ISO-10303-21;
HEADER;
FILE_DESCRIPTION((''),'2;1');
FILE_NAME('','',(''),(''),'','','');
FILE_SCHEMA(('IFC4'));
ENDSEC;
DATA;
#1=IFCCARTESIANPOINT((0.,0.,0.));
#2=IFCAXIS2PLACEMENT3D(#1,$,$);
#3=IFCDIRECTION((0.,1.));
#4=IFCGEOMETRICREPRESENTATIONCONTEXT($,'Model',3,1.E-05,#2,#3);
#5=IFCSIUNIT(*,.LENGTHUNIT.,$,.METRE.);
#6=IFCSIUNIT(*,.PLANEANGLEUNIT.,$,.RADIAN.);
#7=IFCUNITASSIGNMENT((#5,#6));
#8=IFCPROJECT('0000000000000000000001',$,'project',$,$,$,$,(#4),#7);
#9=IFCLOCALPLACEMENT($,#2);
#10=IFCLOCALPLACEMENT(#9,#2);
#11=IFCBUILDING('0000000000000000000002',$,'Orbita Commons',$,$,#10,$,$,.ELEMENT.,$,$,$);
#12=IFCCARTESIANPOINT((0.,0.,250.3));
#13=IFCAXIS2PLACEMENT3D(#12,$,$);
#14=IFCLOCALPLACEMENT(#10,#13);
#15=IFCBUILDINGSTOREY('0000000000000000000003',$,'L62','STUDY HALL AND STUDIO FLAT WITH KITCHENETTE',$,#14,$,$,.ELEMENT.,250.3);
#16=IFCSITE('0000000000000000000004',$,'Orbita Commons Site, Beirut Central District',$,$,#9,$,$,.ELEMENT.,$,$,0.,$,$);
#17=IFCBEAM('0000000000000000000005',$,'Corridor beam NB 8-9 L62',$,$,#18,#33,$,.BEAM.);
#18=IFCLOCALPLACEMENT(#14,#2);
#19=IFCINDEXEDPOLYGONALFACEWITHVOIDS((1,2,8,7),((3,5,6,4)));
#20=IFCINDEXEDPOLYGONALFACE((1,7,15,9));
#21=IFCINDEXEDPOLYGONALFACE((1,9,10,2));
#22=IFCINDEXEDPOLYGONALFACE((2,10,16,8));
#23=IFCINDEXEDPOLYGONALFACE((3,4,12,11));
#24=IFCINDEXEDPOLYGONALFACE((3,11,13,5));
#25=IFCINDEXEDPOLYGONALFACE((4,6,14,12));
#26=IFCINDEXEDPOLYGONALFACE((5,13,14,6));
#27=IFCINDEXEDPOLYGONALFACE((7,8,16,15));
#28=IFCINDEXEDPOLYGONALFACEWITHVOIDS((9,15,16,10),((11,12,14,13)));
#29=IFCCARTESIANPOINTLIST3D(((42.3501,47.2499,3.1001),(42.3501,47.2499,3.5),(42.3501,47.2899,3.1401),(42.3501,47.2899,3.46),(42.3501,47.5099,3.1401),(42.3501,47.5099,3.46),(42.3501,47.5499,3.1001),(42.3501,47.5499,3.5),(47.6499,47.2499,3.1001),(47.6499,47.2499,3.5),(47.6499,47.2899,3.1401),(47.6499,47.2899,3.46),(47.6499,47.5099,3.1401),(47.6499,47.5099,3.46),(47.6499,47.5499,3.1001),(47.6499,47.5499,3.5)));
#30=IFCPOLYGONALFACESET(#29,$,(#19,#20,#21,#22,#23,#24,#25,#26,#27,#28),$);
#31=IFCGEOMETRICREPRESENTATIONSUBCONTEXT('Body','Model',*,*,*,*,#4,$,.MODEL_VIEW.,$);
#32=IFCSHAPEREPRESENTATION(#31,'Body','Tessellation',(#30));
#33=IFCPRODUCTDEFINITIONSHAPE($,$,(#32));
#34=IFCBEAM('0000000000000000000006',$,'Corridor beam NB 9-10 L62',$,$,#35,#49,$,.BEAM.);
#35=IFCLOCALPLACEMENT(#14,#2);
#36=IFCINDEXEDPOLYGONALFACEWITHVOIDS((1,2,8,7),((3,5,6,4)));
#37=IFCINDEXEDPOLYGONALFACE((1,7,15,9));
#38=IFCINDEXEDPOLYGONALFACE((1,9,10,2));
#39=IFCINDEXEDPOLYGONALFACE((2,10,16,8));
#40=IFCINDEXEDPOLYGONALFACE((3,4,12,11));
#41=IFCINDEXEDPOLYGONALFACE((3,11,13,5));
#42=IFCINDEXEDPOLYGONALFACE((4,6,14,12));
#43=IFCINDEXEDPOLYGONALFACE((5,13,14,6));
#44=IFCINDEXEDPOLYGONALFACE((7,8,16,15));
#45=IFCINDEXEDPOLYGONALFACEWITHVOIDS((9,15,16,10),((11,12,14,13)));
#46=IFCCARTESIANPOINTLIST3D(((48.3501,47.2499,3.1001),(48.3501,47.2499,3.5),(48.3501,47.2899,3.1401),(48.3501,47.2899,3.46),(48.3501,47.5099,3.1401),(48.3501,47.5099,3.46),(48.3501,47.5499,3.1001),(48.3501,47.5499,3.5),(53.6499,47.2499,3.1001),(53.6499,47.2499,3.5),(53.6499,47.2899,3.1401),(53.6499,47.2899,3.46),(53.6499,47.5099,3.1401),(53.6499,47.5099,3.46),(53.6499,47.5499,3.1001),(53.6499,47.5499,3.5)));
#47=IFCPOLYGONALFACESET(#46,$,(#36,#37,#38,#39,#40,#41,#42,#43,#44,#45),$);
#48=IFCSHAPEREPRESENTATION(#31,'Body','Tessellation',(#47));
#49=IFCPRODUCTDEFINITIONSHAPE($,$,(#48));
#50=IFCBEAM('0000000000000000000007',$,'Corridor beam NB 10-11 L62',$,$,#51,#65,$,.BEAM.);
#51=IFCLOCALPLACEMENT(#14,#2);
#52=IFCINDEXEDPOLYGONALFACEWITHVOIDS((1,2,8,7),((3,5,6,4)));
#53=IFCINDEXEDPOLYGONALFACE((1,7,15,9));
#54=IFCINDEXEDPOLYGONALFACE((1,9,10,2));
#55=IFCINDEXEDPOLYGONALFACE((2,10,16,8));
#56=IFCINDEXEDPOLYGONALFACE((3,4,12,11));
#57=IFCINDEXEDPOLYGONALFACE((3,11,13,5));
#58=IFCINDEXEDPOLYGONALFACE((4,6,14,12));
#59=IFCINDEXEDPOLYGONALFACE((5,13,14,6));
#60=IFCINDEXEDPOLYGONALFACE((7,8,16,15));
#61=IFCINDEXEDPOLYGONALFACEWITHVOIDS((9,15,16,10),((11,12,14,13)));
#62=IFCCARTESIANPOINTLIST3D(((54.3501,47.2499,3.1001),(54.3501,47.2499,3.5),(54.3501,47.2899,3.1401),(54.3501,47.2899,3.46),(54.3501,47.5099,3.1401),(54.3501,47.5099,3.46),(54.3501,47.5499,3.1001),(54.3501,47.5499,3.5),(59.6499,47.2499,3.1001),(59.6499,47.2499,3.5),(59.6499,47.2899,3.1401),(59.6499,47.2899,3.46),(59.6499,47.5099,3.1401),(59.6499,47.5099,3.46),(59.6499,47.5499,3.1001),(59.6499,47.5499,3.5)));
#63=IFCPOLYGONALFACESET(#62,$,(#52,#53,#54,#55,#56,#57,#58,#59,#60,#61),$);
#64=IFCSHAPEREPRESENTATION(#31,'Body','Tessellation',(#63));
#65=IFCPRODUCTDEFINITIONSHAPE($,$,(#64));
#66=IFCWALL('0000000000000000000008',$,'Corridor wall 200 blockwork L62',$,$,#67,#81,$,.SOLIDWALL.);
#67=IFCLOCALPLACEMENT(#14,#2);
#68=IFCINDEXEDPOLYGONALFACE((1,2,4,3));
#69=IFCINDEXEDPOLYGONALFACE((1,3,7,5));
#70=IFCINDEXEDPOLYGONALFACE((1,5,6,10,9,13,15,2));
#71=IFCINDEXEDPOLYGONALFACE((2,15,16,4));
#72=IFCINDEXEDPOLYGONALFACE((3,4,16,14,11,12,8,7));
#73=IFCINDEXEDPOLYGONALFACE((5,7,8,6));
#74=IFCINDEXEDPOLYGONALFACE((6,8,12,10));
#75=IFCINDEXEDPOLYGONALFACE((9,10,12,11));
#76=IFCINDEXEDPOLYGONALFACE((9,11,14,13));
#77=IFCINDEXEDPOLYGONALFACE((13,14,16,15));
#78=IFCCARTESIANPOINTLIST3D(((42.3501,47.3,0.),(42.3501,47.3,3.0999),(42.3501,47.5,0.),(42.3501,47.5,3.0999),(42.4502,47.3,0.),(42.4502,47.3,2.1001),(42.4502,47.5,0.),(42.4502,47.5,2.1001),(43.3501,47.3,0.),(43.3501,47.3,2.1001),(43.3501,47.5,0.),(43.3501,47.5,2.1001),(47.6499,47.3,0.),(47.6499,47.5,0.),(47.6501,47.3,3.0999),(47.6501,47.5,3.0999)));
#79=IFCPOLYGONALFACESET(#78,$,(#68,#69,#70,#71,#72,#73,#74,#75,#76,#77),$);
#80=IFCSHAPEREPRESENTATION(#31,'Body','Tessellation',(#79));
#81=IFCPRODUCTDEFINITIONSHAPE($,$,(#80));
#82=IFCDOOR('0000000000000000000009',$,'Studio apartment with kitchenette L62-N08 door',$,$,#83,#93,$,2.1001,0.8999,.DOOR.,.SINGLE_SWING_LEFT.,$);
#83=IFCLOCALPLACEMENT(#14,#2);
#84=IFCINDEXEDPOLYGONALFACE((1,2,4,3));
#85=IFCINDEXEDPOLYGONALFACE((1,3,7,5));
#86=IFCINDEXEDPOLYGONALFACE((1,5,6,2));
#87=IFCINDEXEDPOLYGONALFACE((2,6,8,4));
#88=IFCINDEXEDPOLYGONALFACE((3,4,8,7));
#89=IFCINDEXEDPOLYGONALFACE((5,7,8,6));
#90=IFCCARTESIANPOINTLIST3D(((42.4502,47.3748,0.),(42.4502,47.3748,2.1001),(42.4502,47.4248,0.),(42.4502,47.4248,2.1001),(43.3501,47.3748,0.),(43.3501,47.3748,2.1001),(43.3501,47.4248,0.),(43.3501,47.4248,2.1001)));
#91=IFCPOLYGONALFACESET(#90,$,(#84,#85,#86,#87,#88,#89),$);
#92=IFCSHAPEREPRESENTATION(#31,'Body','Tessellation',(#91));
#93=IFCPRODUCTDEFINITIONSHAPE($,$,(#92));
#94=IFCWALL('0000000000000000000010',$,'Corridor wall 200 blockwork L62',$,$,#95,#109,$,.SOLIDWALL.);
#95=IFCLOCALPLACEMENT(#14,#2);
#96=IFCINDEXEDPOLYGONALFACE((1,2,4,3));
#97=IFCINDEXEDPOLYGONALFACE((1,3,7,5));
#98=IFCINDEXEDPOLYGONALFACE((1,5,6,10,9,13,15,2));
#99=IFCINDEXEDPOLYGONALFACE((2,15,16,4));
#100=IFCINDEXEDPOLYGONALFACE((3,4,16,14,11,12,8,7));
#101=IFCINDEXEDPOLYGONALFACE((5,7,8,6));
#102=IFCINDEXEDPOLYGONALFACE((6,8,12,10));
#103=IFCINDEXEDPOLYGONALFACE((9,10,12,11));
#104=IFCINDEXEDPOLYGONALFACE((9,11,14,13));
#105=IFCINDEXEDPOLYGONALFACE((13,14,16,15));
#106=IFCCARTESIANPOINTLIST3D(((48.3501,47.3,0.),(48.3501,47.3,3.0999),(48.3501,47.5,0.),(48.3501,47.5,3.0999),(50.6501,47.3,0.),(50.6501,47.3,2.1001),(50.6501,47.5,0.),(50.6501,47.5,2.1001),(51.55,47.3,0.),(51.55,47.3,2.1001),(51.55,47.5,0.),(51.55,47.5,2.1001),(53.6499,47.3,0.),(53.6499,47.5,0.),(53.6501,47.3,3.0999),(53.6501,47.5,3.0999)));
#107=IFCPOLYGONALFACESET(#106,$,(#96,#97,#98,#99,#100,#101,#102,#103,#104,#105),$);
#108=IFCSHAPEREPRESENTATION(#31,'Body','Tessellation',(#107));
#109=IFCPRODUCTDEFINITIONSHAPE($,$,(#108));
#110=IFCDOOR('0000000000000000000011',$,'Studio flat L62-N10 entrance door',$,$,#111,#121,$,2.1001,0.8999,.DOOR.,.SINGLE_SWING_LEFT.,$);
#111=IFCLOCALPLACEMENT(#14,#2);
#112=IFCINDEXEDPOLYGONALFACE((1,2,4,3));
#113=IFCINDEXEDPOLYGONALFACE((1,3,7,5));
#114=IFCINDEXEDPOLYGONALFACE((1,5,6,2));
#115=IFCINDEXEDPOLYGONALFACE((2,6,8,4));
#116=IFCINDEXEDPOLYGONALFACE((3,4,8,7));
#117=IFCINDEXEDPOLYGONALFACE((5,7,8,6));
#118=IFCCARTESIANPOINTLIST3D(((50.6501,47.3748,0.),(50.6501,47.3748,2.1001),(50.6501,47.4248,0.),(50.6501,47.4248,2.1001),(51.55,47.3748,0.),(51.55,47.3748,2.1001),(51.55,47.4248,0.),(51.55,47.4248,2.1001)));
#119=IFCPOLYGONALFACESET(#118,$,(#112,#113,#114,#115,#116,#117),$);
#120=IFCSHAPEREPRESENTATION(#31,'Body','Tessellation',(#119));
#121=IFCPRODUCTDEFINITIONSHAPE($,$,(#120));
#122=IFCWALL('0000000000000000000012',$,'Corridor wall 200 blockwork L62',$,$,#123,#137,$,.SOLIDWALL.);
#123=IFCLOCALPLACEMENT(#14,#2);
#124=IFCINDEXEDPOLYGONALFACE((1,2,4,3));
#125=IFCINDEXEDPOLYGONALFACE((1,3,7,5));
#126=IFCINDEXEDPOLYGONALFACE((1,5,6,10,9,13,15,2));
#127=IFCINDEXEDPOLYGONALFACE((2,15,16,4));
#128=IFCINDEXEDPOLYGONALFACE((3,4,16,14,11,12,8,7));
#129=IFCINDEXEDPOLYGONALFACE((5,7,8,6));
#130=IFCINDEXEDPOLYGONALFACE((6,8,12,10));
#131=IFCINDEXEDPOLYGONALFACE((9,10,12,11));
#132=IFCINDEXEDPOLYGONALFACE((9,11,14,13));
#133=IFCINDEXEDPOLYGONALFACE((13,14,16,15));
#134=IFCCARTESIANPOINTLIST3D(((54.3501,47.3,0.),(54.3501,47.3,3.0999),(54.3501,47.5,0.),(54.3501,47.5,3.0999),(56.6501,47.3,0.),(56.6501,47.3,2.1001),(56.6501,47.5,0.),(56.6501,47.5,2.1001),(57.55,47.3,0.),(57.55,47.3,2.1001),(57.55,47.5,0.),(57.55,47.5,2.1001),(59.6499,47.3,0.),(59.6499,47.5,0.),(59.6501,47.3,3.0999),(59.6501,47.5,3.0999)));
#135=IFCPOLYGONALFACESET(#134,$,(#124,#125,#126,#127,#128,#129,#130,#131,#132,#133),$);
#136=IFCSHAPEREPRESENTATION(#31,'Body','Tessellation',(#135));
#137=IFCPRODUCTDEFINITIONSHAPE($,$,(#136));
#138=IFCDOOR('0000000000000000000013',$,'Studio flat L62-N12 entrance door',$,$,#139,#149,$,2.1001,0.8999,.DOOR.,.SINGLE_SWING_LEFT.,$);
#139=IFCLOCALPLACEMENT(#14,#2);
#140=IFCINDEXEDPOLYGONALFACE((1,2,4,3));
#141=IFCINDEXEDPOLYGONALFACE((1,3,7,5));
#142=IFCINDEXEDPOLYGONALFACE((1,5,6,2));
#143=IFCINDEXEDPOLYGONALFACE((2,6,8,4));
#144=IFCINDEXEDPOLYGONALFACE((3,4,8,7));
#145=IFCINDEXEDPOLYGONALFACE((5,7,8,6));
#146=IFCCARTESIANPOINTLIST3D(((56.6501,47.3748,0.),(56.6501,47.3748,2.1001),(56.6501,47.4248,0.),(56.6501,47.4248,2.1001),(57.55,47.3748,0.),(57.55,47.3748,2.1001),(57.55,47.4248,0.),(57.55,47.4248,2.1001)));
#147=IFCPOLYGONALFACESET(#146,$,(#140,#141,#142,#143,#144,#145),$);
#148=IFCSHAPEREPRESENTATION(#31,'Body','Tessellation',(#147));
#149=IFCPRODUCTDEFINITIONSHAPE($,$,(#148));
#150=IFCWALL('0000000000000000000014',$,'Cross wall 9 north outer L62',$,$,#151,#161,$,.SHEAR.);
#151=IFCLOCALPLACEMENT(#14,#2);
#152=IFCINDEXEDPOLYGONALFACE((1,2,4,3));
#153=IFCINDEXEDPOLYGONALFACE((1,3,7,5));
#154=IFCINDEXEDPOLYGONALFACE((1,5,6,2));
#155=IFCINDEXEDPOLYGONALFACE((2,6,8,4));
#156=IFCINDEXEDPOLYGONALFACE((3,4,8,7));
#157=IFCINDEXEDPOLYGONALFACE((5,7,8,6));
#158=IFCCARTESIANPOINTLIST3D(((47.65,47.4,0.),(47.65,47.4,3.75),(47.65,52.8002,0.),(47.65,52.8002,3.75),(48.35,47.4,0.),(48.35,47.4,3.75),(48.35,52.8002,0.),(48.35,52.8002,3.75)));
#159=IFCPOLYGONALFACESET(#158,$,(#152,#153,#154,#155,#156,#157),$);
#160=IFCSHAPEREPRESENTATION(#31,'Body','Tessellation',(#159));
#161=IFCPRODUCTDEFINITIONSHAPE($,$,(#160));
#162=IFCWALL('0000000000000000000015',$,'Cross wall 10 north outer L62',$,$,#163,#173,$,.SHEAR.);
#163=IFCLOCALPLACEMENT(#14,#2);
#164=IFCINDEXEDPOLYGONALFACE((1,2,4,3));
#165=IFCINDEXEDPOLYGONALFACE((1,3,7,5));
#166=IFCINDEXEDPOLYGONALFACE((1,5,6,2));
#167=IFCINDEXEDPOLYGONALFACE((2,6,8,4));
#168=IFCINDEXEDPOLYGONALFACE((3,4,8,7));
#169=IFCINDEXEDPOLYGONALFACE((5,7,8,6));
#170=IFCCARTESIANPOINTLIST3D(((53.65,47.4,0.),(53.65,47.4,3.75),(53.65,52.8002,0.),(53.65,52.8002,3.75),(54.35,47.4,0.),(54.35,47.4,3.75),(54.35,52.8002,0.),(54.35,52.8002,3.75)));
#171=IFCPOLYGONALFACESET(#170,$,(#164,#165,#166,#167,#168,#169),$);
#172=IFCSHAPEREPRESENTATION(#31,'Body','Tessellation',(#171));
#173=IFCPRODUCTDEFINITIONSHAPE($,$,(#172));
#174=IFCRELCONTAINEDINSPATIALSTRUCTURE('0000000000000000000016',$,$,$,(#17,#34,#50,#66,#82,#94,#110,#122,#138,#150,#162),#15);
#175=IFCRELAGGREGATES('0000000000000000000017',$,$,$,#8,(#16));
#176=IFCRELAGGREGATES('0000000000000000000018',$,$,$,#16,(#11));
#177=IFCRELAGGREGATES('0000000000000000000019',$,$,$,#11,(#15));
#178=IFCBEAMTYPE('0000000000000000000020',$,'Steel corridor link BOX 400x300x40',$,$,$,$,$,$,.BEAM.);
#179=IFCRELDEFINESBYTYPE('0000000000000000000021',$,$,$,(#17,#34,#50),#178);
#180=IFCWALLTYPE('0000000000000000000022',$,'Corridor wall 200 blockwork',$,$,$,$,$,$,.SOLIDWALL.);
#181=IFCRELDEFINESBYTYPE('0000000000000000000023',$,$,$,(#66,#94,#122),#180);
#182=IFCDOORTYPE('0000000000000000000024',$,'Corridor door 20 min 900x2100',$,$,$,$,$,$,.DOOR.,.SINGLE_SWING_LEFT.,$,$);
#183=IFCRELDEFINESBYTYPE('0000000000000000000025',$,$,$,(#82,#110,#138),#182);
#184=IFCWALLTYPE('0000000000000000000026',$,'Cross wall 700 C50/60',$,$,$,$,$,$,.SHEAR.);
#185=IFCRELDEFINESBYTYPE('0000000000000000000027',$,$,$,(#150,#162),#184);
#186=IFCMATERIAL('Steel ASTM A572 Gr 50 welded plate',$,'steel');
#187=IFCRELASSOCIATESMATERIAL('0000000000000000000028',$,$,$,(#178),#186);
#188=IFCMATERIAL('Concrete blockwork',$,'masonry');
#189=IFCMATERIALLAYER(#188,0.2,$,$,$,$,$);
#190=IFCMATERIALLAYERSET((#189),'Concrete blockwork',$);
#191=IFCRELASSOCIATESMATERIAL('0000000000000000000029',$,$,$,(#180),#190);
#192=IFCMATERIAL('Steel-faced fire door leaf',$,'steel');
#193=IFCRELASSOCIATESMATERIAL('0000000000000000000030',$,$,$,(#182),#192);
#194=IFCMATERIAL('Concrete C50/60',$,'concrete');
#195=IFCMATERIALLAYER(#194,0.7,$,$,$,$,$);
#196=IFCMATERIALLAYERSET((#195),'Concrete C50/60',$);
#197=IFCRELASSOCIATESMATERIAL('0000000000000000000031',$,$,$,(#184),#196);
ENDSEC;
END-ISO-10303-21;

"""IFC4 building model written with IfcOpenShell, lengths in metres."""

from ifc_helpers import new_model, si_unit, direction, frame, frame_2d, origin, origin_2d, place, context, subcontext, project, spatial, polyline, rectangle, hollow_rectangle, outline, extrude, material, layer, layer_set, material_profile, profile_set, type_object, element, fill, save


model = new_model("IFC4")

# Units and contexts
model_context = context("Model", 3, precision=1e-05, world=origin(), true_north=direction((0.0, 1.0)))
body_context = subcontext(model_context, "Body", "Model", "MODEL_VIEW")
ifc_project = project(units=[si_unit("LENGTHUNIT", "METRE"), si_unit("PLANEANGLEUNIT", "RADIAN")], contexts=[model_context])

# Site, building, storey
site_placement = place(None, origin())
site = spatial("IfcSite", under=ifc_project, at=site_placement, Name="Orbita Commons Site, Beirut Central District", CompositionType="ELEMENT", RefElevation=0.0)
building_placement = place(site_placement, origin())
building = spatial("IfcBuilding", under=site, at=building_placement, Name="Orbita Commons", CompositionType="ELEMENT")
storey_placement = place(building_placement, frame((0.0, 0.0, 250.3)))
storey = spatial("IfcBuildingStorey", under=building, at=storey_placement, Name="L62", Description="STUDY HALL AND STUDIO FLAT WITH KITCHENETTE", CompositionType="ELEMENT", Elevation=250.3)

# Beams
ifc_material_1 = material(Name="Steel ASTM A572 Gr 50 welded plate", Category="steel")
ifc_material_profile = material_profile(ifc_material_1, hollow_rectangle(XDim=0.3, YDim=0.3999, WallThickness=0.04, at=origin_2d()), Name="BOX 400x300x40")
ifc_profile_set = profile_set([ifc_material_profile], Name="Steel ASTM A572 Gr 50 welded plate")
beam_type = type_object("IfcBeamType", Name="Steel corridor link BOX 400x300x40", PredefinedType="BEAM", material=ifc_profile_set)
for number, where, z_axis, x_axis, name in (
    (1, (42.3501, 47.3999, 3.3), (1.0, 0.0, 0.0), (0.0, 1.0, 0.0), "Corridor beam NB 8-9 L62"),
    (2, (48.3501, 47.3999, 3.3), (1.0, 0.0, 0.0), (0.0, 1.0, 0.0), "Corridor beam NB 9-10 L62"),
    (3, (54.3501, 47.3999, 3.3), (1.0, 0.0, 0.0), (0.0, 1.0, 0.0), "Corridor beam NB 10-11 L62"),
):
    element("IfcBeam", number, at=place(storey_placement, frame(where, z_axis=z_axis, x_axis=x_axis)), inside=storey, type_object=beam_type, Name=name, PredefinedType="BEAM", context=body_context, shape_type="SweptSolid", body=[
        extrude(hollow_rectangle(XDim=0.3, YDim=0.3999, WallThickness=0.04, at=origin_2d()), origin(), (0.0, 0.0, 1.0), 5.2998),
    ])

# Walls, openings, doors
ifc_material_2 = material(Name="Concrete blockwork", Category="masonry")
ifc_layer_1 = layer(ifc_material_2, 0.2)
ifc_layer_set_1 = layer_set([ifc_layer_1], Name="Concrete blockwork")
wall_type_1 = type_object("IfcWallType", Name="Corridor wall 200 blockwork", PredefinedType="SOLIDWALL", material=ifc_layer_set_1)
wall_1_placement = place(storey_placement, frame((42.3501, 47.3999, 0.0), z_axis=(0.0, 0.0, 1.0), x_axis=(1.0, 0.0, 0.0)))
wall_1 = element("IfcWall", 4, at=wall_1_placement, inside=storey, type_object=wall_type_1, Name="Corridor wall 200 blockwork L62", PredefinedType="SOLIDWALL", context=body_context, shape_type="SweptSolid", body=[
    extrude(outline(polyline([(0.0, 0.0), (5.2998, 0.0), (5.3, 3.0999), (0.0, 3.0999), (0.0, 0.0)])), frame((0.0, 0.1001, 0.0), z_axis=(0.0, -1.0, 0.0), x_axis=(1.0, 0.0, 0.0)), (0.0, 0.0, 1.0), 0.2),
])
opening_1_placement = place(wall_1_placement, frame((0.1001, 0.0, 0.0)))
opening_1 = element("IfcOpeningElement", 5, at=opening_1_placement, cuts=wall_1, PredefinedType="OPENING", context=body_context, shape_type="SweptSolid", body=[
    extrude(rectangle(XDim=0.8999, YDim=2.1001, at=frame_2d((0.45, 1.05))), frame((0.0, 0.1099, 0.0), z_axis=(0.0, -1.0, 0.0), x_axis=(1.0, 0.0, 0.0)), (0.0, 0.0, 1.0), 0.22),
])
ifc_material_3 = material(Name="Steel-faced fire door leaf", Category="steel")
door_type_1 = type_object("IfcDoorType", Name="Corridor door 20 min 900x2100", OperationType="SINGLE_SWING_LEFT", PredefinedType="DOOR", material=ifc_material_3)
door_1_placement = place(opening_1_placement, origin())
door_1 = element("IfcDoor", 6, at=door_1_placement, inside=storey, type_object=door_type_1, Name="Studio apartment with kitchenette L62-N08 door", OperationType="SINGLE_SWING_LEFT", OverallHeight=2.1001, OverallWidth=0.8999, PredefinedType="DOOR", context=body_context, shape_type="SweptSolid", body=[
    extrude(rectangle(XDim=0.8999, YDim=2.1001, at=frame_2d((0.45, 1.05))), frame((0.0, 0.0249, 0.0), z_axis=(0.0, -1.0, 0.0), x_axis=(1.0, 0.0, 0.0)), (0.0, 0.0, 1.0), 0.05),
])
fill(opening_1, door_1)
wall_2_placement = place(storey_placement, frame((48.3501, 47.3999, 0.0), z_axis=(0.0, 0.0, 1.0), x_axis=(1.0, 0.0, 0.0)))
wall_2 = element("IfcWall", 7, at=wall_2_placement, inside=storey, type_object=wall_type_1, Name="Corridor wall 200 blockwork L62", PredefinedType="SOLIDWALL", context=body_context, shape_type="SweptSolid", body=[
    extrude(outline(polyline([(0.0, 0.0), (5.2998, 0.0), (5.3, 3.0999), (0.0, 3.0999), (0.0, 0.0)])), frame((0.0, 0.1001, 0.0), z_axis=(0.0, -1.0, 0.0), x_axis=(1.0, 0.0, 0.0)), (0.0, 0.0, 1.0), 0.2),
])
opening_2_placement = place(wall_2_placement, frame((2.3, 0.0, 0.0)))
opening_2 = element("IfcOpeningElement", 8, at=opening_2_placement, cuts=wall_2, PredefinedType="OPENING", context=body_context, shape_type="SweptSolid", body=[
    extrude(rectangle(XDim=0.8999, YDim=2.1001, at=frame_2d((0.45, 1.05))), frame((0.0, 0.1099, 0.0), z_axis=(0.0, -1.0, 0.0), x_axis=(1.0, 0.0, 0.0)), (0.0, 0.0, 1.0), 0.22),
])
door_2_placement = place(opening_2_placement, origin())
door_2 = element("IfcDoor", 9, at=door_2_placement, inside=storey, type_object=door_type_1, Name="Studio flat L62-N10 entrance door", OperationType="SINGLE_SWING_LEFT", OverallHeight=2.1001, OverallWidth=0.8999, PredefinedType="DOOR", context=body_context, shape_type="SweptSolid", body=[
    extrude(rectangle(XDim=0.8999, YDim=2.1001, at=frame_2d((0.45, 1.05))), frame((0.0, 0.0249, 0.0), z_axis=(0.0, -1.0, 0.0), x_axis=(1.0, 0.0, 0.0)), (0.0, 0.0, 1.0), 0.05),
])
fill(opening_2, door_2)
wall_3_placement = place(storey_placement, frame((54.3501, 47.3999, 0.0), z_axis=(0.0, 0.0, 1.0), x_axis=(1.0, 0.0, 0.0)))
wall_3 = element("IfcWall", 10, at=wall_3_placement, inside=storey, type_object=wall_type_1, Name="Corridor wall 200 blockwork L62", PredefinedType="SOLIDWALL", context=body_context, shape_type="SweptSolid", body=[
    extrude(outline(polyline([(0.0, 0.0), (5.2998, 0.0), (5.3, 3.0999), (0.0, 3.0999), (0.0, 0.0)])), frame((0.0, 0.1001, 0.0), z_axis=(0.0, -1.0, 0.0), x_axis=(1.0, 0.0, 0.0)), (0.0, 0.0, 1.0), 0.2),
])
opening_3_placement = place(wall_3_placement, frame((2.3, 0.0, 0.0)))
opening_3 = element("IfcOpeningElement", 11, at=opening_3_placement, cuts=wall_3, PredefinedType="OPENING", context=body_context, shape_type="SweptSolid", body=[
    extrude(rectangle(XDim=0.8999, YDim=2.1001, at=frame_2d((0.45, 1.05))), frame((0.0, 0.1099, 0.0), z_axis=(0.0, -1.0, 0.0), x_axis=(1.0, 0.0, 0.0)), (0.0, 0.0, 1.0), 0.22),
])
door_3_placement = place(opening_3_placement, origin())
door_3 = element("IfcDoor", 12, at=door_3_placement, inside=storey, type_object=door_type_1, Name="Studio flat L62-N12 entrance door", OperationType="SINGLE_SWING_LEFT", OverallHeight=2.1001, OverallWidth=0.8999, PredefinedType="DOOR", context=body_context, shape_type="SweptSolid", body=[
    extrude(rectangle(XDim=0.8999, YDim=2.1001, at=frame_2d((0.45, 1.05))), frame((0.0, 0.0249, 0.0), z_axis=(0.0, -1.0, 0.0), x_axis=(1.0, 0.0, 0.0)), (0.0, 0.0, 1.0), 0.05),
])
fill(opening_3, door_3)

# Walls
ifc_material_4 = material(Name="Concrete C50/60", Category="concrete")
ifc_layer_2 = layer(ifc_material_4, 0.7)
ifc_layer_set_2 = layer_set([ifc_layer_2], Name="Concrete C50/60")
wall_type_2 = type_object("IfcWallType", Name="Cross wall 700 C50/60", PredefinedType="SHEAR", material=ifc_layer_set_2)
for number, where, z_axis, x_axis, name in (
    (13, (48.0, 47.3999, 0.0), (0.0, 0.0, 1.0), (0.0, 1.0, 0.0), "Cross wall 9 north outer L62"),
    (14, (54.0, 47.3999, 0.0), (0.0, 0.0, 1.0), (0.0, 1.0, 0.0), "Cross wall 10 north outer L62"),
):
    element("IfcWall", number, at=place(storey_placement, frame(where, z_axis=z_axis, x_axis=x_axis)), inside=storey, type_object=wall_type_2, Name=name, PredefinedType="SHEAR", context=body_context, shape_type="SweptSolid", body=[
        extrude(rectangle(XDim=5.4001, YDim=0.7, at=frame_2d((2.7002, 0.0))), origin(), (0.0, 0.0, 1.0), 3.75),
    ])

save(model, "model.ifc")
